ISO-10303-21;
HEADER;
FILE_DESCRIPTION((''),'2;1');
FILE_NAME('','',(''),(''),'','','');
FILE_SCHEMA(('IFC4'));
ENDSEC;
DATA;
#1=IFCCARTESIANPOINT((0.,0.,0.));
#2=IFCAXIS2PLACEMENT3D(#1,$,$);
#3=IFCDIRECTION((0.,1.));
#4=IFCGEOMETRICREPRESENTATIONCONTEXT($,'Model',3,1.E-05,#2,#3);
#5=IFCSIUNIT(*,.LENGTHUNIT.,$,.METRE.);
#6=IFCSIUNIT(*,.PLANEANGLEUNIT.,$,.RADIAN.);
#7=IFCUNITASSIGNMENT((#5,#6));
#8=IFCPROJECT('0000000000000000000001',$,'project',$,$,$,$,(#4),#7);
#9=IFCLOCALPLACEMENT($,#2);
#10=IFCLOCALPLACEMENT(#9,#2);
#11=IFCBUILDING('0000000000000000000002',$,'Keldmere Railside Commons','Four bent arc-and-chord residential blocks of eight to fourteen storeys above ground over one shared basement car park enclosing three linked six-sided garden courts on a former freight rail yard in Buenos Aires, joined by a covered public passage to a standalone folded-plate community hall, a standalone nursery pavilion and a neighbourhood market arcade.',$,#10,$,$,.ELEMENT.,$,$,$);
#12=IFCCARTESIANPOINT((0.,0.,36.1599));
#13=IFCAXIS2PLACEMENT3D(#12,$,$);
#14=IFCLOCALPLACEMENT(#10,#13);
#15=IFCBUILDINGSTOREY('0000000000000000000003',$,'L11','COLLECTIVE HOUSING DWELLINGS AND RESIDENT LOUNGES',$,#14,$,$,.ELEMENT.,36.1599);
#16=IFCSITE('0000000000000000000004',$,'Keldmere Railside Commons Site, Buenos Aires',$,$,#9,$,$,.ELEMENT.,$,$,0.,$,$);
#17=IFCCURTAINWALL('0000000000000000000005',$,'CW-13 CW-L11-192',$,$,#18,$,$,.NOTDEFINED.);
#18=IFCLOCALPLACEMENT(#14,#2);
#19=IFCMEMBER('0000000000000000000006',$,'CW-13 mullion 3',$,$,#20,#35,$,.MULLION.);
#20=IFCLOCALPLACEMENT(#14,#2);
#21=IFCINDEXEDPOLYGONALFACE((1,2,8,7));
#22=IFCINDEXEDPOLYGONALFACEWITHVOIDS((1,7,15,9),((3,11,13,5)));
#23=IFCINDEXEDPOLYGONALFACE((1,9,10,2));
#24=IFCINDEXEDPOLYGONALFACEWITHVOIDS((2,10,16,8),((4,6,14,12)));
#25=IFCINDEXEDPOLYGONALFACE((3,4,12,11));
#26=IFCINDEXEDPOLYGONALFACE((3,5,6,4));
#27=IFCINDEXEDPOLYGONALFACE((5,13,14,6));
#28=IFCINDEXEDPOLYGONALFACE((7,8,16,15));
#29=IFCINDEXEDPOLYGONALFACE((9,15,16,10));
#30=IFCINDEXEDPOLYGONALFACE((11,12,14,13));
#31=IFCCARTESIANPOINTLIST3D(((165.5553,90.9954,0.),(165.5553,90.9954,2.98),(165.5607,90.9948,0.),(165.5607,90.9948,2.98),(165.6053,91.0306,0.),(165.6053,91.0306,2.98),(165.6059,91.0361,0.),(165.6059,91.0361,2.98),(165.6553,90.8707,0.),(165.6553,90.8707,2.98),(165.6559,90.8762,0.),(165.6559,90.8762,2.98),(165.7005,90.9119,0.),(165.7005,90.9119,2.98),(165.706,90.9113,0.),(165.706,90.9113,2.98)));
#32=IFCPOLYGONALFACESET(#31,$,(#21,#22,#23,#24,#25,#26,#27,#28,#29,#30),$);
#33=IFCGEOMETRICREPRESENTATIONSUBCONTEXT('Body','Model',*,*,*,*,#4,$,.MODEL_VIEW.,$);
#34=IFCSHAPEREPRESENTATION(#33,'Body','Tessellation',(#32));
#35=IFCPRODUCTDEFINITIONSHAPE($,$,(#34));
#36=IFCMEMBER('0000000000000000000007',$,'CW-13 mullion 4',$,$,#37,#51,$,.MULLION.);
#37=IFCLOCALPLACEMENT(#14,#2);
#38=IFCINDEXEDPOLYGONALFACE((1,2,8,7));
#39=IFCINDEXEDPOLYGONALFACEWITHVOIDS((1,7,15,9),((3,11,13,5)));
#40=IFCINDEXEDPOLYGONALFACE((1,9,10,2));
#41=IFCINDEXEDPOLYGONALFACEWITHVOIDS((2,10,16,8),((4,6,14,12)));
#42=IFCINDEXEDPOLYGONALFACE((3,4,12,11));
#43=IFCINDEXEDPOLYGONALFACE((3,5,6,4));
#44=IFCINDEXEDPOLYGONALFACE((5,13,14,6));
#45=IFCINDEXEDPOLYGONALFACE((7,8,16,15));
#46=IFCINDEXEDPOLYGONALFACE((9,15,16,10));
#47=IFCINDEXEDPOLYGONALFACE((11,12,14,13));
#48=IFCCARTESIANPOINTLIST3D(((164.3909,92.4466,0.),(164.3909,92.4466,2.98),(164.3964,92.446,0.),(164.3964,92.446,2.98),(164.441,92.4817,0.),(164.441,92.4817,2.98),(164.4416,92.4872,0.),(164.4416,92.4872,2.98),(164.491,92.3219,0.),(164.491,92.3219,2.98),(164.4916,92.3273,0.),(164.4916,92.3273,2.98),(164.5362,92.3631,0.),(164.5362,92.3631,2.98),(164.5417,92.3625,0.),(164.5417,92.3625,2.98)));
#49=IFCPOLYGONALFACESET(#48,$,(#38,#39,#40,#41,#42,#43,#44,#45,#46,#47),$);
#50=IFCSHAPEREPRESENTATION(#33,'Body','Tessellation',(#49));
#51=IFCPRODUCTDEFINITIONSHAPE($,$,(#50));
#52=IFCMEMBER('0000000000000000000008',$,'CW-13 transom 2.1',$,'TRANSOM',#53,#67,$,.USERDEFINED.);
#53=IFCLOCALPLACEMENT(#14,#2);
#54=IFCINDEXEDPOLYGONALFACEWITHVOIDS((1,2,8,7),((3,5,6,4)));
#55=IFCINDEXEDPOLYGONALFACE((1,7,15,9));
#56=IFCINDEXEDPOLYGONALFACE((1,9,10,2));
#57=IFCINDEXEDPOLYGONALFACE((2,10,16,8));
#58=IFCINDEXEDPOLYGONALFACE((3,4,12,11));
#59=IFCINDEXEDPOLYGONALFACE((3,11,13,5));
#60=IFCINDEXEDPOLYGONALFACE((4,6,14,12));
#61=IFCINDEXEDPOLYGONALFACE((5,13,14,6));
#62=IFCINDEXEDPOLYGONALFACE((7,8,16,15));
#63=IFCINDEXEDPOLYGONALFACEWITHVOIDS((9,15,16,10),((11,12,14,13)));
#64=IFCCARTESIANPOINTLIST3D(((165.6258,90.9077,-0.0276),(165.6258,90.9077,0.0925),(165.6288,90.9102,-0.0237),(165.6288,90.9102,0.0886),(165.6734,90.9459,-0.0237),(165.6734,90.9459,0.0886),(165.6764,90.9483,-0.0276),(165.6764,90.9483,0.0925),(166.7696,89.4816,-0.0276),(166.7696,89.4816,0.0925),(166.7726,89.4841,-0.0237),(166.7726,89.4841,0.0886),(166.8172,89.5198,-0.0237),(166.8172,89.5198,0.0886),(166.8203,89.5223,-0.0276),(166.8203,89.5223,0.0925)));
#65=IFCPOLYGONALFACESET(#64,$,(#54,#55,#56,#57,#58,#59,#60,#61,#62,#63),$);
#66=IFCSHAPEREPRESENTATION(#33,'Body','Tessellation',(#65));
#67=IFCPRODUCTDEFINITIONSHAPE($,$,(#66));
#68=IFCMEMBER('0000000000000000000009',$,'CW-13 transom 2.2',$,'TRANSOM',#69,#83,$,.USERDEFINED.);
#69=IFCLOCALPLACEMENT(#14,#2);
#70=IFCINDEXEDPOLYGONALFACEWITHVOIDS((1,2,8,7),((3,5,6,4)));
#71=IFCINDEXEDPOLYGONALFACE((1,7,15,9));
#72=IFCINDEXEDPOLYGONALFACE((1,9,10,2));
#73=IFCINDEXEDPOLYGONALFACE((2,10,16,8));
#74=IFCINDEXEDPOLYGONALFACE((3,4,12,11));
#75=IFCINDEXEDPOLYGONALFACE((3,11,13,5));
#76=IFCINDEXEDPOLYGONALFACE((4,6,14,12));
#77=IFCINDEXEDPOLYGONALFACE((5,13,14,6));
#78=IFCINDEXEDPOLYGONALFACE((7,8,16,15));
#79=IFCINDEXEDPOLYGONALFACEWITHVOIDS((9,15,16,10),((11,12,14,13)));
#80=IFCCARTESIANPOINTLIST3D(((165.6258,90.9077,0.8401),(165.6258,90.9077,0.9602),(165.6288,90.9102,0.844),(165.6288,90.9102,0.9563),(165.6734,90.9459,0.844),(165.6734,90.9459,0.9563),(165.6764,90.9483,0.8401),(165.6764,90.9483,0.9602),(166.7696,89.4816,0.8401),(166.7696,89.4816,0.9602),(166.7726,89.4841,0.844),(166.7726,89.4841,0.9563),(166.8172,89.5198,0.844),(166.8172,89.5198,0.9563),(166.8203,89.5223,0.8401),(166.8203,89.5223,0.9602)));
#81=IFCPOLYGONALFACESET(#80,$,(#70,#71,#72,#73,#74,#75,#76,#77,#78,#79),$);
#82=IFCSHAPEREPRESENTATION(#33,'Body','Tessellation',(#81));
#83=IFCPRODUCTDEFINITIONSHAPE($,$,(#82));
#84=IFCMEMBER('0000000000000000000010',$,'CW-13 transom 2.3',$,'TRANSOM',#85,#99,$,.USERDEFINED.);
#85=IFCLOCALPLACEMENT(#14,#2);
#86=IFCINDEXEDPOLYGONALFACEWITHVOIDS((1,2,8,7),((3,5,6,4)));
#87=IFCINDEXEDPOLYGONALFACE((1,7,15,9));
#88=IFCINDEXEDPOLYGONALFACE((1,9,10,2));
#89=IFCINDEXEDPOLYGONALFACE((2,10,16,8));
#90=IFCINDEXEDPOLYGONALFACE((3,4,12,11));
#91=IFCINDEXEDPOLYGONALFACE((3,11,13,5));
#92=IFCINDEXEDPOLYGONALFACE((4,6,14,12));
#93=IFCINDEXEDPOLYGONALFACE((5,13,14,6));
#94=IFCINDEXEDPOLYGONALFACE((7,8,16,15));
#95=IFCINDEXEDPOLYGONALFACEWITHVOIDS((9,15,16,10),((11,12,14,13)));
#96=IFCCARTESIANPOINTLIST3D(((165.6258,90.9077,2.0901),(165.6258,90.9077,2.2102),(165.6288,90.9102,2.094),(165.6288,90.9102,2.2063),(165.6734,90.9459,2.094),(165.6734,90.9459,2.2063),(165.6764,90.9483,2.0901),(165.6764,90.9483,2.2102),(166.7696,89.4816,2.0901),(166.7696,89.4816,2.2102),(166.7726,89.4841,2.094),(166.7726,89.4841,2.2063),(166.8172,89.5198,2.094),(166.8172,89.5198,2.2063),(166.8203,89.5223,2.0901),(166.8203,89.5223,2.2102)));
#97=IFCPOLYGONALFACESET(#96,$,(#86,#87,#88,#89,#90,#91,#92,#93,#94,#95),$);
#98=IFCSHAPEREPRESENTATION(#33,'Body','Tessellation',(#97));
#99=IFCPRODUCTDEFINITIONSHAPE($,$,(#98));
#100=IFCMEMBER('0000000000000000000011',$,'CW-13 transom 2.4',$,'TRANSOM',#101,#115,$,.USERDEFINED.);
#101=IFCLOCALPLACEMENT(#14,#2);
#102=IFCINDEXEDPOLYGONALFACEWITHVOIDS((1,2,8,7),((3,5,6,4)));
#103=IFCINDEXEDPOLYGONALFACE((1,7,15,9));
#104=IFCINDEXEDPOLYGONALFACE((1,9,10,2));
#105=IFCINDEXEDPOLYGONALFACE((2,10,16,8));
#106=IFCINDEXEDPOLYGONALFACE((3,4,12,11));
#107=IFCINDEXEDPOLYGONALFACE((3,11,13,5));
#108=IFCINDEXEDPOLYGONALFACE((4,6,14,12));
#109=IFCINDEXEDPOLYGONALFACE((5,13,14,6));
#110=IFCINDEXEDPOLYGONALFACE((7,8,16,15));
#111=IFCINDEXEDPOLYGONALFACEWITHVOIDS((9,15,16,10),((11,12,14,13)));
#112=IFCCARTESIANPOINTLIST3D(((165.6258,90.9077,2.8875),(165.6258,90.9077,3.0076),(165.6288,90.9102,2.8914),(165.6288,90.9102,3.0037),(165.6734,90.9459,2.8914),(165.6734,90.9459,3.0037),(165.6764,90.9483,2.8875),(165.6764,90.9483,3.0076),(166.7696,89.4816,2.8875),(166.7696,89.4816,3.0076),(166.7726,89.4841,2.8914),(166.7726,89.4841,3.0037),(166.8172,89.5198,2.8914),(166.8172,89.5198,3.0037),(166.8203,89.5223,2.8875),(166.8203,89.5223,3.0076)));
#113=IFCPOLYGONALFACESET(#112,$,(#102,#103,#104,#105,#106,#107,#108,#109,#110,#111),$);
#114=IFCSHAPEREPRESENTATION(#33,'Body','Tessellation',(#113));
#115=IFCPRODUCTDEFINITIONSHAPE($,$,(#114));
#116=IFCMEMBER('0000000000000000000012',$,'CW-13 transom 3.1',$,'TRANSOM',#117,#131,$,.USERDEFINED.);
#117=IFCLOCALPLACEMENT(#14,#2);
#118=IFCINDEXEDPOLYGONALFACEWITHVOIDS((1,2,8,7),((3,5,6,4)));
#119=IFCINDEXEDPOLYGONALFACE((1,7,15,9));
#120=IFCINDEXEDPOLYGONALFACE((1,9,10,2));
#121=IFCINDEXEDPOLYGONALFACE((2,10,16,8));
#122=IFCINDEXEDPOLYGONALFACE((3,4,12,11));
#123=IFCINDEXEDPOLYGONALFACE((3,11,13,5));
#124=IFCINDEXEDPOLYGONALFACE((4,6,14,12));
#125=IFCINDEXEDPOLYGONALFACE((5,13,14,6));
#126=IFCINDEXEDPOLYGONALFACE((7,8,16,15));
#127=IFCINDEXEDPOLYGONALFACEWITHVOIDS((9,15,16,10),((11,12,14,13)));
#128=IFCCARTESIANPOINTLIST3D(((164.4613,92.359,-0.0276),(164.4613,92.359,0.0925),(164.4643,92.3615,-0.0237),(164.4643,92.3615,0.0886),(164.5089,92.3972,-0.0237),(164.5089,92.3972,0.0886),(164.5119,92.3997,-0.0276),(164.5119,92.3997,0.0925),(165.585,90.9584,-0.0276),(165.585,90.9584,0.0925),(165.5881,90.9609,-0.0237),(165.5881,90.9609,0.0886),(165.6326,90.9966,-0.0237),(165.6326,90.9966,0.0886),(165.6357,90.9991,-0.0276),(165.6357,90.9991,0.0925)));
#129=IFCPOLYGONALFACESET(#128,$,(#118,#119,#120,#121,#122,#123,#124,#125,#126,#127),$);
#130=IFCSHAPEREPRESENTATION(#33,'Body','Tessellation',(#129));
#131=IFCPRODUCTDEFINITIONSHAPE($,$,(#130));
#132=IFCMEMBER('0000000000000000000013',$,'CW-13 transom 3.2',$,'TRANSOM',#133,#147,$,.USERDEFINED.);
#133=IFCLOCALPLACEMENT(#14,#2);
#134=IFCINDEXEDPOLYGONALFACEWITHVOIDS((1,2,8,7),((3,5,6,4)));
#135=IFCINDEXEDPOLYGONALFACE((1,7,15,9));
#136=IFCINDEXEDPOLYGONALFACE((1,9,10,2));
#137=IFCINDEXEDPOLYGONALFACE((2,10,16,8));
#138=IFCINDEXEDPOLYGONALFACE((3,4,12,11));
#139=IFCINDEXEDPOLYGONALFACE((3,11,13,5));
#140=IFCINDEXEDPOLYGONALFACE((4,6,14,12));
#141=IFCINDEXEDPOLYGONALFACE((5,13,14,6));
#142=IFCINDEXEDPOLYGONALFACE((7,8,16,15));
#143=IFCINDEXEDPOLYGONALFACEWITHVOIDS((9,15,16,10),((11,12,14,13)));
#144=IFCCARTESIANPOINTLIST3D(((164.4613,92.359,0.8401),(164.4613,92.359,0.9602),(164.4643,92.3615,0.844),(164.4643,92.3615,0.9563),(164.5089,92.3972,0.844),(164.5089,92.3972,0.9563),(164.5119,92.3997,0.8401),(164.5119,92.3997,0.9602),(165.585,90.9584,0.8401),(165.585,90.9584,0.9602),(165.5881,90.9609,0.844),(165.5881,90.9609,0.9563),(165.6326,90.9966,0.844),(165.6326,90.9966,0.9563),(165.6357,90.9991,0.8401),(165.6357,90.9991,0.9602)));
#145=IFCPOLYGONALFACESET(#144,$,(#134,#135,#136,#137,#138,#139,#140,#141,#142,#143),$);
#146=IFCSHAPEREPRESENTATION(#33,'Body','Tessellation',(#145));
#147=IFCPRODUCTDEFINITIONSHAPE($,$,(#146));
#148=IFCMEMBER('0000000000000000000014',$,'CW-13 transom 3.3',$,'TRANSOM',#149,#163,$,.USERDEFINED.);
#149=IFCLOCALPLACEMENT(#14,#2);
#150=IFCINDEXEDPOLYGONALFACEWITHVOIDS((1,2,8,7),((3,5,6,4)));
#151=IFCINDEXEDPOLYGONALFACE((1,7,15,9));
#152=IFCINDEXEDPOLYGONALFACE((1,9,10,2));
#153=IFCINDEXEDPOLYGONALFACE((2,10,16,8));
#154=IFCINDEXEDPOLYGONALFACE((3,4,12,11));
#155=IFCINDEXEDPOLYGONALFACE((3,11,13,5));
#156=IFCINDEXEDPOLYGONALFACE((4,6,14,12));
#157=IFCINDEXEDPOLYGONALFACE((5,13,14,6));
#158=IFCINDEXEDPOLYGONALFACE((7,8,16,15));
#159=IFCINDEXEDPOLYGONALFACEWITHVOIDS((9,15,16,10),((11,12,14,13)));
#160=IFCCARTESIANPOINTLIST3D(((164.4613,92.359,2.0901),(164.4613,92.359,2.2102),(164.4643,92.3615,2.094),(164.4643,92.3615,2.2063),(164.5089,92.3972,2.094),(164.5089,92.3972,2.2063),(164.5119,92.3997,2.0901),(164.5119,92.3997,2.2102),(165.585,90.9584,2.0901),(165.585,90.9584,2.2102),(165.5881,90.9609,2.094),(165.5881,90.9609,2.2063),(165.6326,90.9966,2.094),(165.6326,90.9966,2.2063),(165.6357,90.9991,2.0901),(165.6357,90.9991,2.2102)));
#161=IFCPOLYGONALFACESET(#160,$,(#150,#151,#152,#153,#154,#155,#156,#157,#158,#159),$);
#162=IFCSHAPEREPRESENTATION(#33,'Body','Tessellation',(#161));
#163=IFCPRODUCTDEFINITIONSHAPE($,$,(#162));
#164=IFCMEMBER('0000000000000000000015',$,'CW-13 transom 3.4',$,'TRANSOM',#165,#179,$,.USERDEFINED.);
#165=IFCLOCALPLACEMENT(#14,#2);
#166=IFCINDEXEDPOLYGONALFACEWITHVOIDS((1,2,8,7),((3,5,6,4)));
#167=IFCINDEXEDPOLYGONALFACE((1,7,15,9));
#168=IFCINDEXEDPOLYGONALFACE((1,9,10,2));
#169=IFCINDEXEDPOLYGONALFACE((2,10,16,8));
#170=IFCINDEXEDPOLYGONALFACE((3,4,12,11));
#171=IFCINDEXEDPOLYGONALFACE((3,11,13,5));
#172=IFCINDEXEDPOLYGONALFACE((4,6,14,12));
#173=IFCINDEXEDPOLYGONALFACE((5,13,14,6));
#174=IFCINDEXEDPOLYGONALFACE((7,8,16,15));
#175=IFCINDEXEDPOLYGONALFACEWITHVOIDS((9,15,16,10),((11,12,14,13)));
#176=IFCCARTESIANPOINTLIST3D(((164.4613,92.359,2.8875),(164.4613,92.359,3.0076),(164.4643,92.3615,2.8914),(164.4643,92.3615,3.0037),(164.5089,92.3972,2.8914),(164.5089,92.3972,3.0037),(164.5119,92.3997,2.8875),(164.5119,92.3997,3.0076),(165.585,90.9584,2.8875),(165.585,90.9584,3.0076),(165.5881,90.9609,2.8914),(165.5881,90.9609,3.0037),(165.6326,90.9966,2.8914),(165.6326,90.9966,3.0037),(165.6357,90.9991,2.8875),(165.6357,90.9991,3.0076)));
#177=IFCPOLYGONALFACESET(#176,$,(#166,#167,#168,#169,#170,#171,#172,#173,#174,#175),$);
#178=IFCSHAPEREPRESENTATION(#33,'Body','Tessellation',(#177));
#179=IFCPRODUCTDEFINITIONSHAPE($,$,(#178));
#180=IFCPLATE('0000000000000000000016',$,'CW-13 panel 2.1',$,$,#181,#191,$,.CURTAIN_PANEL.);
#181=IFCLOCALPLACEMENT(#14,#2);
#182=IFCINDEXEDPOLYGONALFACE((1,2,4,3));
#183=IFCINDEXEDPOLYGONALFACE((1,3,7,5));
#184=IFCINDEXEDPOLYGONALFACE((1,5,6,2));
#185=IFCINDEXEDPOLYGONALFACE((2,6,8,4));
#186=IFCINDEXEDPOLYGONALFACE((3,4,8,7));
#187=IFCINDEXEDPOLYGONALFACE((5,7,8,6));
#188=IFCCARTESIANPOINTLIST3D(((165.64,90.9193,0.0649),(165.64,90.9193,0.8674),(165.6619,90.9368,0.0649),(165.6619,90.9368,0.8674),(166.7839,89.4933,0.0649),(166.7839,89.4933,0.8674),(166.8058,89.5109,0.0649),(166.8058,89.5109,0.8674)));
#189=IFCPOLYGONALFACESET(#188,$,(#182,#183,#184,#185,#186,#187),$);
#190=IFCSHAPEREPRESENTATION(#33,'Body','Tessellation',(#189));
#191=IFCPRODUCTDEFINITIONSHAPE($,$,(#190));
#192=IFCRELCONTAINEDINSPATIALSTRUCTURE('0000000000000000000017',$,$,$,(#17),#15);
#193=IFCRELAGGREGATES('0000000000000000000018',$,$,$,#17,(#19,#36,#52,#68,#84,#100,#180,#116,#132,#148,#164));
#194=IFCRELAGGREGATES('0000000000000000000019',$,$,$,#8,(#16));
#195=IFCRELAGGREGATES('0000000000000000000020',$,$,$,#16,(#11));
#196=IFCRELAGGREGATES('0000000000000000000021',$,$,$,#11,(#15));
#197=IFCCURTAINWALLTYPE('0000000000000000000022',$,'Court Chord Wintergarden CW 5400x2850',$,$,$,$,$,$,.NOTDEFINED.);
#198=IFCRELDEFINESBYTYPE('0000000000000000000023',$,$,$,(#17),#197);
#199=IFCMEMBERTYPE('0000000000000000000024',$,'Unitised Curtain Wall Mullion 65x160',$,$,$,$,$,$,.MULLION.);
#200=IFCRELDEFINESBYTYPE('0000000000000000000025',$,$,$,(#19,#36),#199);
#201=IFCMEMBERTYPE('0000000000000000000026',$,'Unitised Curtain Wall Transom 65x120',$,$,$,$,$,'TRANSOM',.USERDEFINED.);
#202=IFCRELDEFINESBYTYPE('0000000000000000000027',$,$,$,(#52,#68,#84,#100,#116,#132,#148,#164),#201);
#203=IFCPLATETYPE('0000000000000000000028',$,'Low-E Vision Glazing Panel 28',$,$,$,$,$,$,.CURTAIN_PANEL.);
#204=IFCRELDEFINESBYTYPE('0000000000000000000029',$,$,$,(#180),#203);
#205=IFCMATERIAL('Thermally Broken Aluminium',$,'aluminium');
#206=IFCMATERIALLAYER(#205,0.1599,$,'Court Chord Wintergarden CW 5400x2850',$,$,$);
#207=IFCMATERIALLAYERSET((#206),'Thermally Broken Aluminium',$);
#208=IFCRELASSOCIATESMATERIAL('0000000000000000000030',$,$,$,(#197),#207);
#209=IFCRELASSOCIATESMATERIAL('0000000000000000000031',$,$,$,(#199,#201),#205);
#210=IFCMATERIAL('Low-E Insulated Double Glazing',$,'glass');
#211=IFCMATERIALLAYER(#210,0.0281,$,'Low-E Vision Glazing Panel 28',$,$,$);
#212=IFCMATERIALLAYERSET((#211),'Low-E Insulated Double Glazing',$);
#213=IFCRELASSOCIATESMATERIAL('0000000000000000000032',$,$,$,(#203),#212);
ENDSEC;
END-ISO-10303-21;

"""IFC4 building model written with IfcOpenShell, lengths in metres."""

from ifc_helpers import new_model, si_unit, direction, frame, origin, origin_2d, place, context, subcontext, project, spatial, rectangle, hollow_rectangle, extrude, material, layer, layer_set, material_profile, profile_set, type_object, element, aggregate, save


model = new_model("IFC4")

# Units and contexts
model_context = context("Model", 3, precision=1e-05, world=origin(), true_north=direction((0.0, 1.0)))
body_context = subcontext(model_context, "Body", "Model", "MODEL_VIEW")
ifc_project = project(units=[si_unit("LENGTHUNIT", "METRE"), si_unit("PLANEANGLEUNIT", "RADIAN")], contexts=[model_context])

# Site, building, storey
site_placement = place(None, origin())
site = spatial("IfcSite", under=ifc_project, at=site_placement, Name="Keldmere Railside Commons Site, Buenos Aires", CompositionType="ELEMENT", RefElevation=0.0)
building_placement = place(site_placement, origin())
building = spatial("IfcBuilding", under=site, at=building_placement, Name="Keldmere Railside Commons", Description="Four bent arc-and-chord residential blocks of eight to fourteen storeys above ground over one shared basement car park enclosing three linked six-sided garden courts on a former freight rail yard in Buenos Aires, joined by a covered public passage to a standalone folded-plate community hall, a standalone nursery pavilion and a neighbourhood market arcade.", CompositionType="ELEMENT")
storey_placement = place(building_placement, frame((0.0, 0.0, 36.1599)))
storey = spatial("IfcBuildingStorey", under=building, at=storey_placement, Name="L11", Description="COLLECTIVE HOUSING DWELLINGS AND RESIDENT LOUNGES", CompositionType="ELEMENT", Elevation=36.1599)

# Curtain wall, members, plate
ifc_material_1 = material(Name="Thermally Broken Aluminium", Category="aluminium")
ifc_layer_1 = layer(ifc_material_1, 0.1599, Name="Court Chord Wintergarden CW 5400x2850")
ifc_layer_set_1 = layer_set([ifc_layer_1], Name="Thermally Broken Aluminium")
curtain_wall_type = type_object("IfcCurtainWallType", Name="Court Chord Wintergarden CW 5400x2850", PredefinedType="NOTDEFINED", material=ifc_layer_set_1)
curtain_wall_placement = place(storey_placement, origin())
curtain_wall = element("IfcCurtainWall", 1, at=curtain_wall_placement, inside=storey, type_object=curtain_wall_type, Name="CW-13 CW-L11-192", PredefinedType="NOTDEFINED")
ifc_material_profile_1 = material_profile(ifc_material_1, hollow_rectangle(XDim=0.0649, YDim=0.1599, WallThickness=0.0039, at=origin_2d()), Name="ALU-MULL-65x160")
ifc_profile_set_1 = profile_set([ifc_material_profile_1], Name="Thermally Broken Aluminium")
member_type_1 = type_object("IfcMemberType", Name="Unitised Curtain Wall Mullion 65x160", PredefinedType="MULLION", material=ifc_profile_set_1)
member_1_placement = place(storey_placement, frame((165.6306, 90.9534, 0.0), z_axis=(0.0, 0.0, 1.0), x_axis=(-0.780009, -0.625768, 0.0)))
member_1 = element("IfcMember", 2, at=member_1_placement, type_object=member_type_1, Name="CW-13 mullion 3", PredefinedType="MULLION", context=body_context, shape_type="SweptSolid", body=[
    extrude(hollow_rectangle(XDim=0.0649, YDim=0.1599, WallThickness=0.0039, at=origin_2d()), origin(), (0.0, 0.0, 1.0), 2.98),
])
member_2_placement = place(storey_placement, frame((164.4663, 92.4045, 0.0), z_axis=(0.0, 0.0, 1.0), x_axis=(-0.780009, -0.625768, 0.0)))
member_2 = element("IfcMember", 3, at=member_2_placement, type_object=member_type_1, Name="CW-13 mullion 4", PredefinedType="MULLION", context=body_context, shape_type="SweptSolid", body=[
    extrude(hollow_rectangle(XDim=0.0649, YDim=0.1599, WallThickness=0.0039, at=origin_2d()), origin(), (0.0, 0.0, 1.0), 2.98),
])
ifc_material_profile_2 = material_profile(ifc_material_1, hollow_rectangle(XDim=0.0649, YDim=0.1201, WallThickness=0.0039, at=origin_2d()), Name="ALU-TRAN-65x120")
ifc_profile_set_2 = profile_set([ifc_material_profile_2], Name="Thermally Broken Aluminium")
member_type_2 = type_object("IfcMemberType", Name="Unitised Curtain Wall Transom 65x120", ElementType="TRANSOM", PredefinedType="USERDEFINED", material=ifc_profile_set_2)
member_3_placement = place(storey_placement, frame((166.7949, 89.502, 0.0325), z_axis=(-0.625688, 0.780073, 0.0), x_axis=(-0.780073, -0.625688, 0.0)))
member_3 = element("IfcMember", 4, at=member_3_placement, type_object=member_type_2, Name="CW-13 transom 2.1", ObjectType="TRANSOM", PredefinedType="USERDEFINED", context=body_context, shape_type="SweptSolid", body=[
    extrude(hollow_rectangle(XDim=0.0649, YDim=0.1201, WallThickness=0.0039, at=origin_2d()), origin(), (0.0, 0.0, 1.0), 1.8281),
])
member_4_placement = place(storey_placement, frame((166.7949, 89.502, 0.9001), z_axis=(-0.625688, 0.780073, 0.0), x_axis=(-0.780073, -0.625688, 0.0)))
member_4 = element("IfcMember", 5, at=member_4_placement, type_object=member_type_2, Name="CW-13 transom 2.2", ObjectType="TRANSOM", PredefinedType="USERDEFINED", context=body_context, shape_type="SweptSolid", body=[
    extrude(hollow_rectangle(XDim=0.0649, YDim=0.1201, WallThickness=0.0039, at=origin_2d()), origin(), (0.0, 0.0, 1.0), 1.8281),
])
member_5_placement = place(storey_placement, frame((166.7949, 89.502, 2.1501), z_axis=(-0.625688, 0.780073, 0.0), x_axis=(-0.780073, -0.625688, 0.0)))
member_5 = element("IfcMember", 6, at=member_5_placement, type_object=member_type_2, Name="CW-13 transom 2.3", ObjectType="TRANSOM", PredefinedType="USERDEFINED", context=body_context, shape_type="SweptSolid", body=[
    extrude(hollow_rectangle(XDim=0.0649, YDim=0.1201, WallThickness=0.0039, at=origin_2d()), origin(), (0.0, 0.0, 1.0), 1.8281),
])
member_6_placement = place(storey_placement, frame((166.7949, 89.502, 2.9475), z_axis=(-0.625688, 0.780073, 0.0), x_axis=(-0.780073, -0.625688, 0.0)))
member_6 = element("IfcMember", 7, at=member_6_placement, type_object=member_type_2, Name="CW-13 transom 2.4", ObjectType="TRANSOM", PredefinedType="USERDEFINED", context=body_context, shape_type="SweptSolid", body=[
    extrude(hollow_rectangle(XDim=0.0649, YDim=0.1201, WallThickness=0.0039, at=origin_2d()), origin(), (0.0, 0.0, 1.0), 1.8281),
])
member_7_placement = place(storey_placement, frame((165.6104, 90.9788, 0.0325), z_axis=(-0.625805, 0.779979, 0.0), x_axis=(-0.779979, -0.625805, 0.0)))
member_7 = element("IfcMember", 8, at=member_7_placement, type_object=member_type_2, Name="CW-13 transom 3.1", ObjectType="TRANSOM", PredefinedType="USERDEFINED", context=body_context, shape_type="SweptSolid", body=[
    extrude(hollow_rectangle(XDim=0.0649, YDim=0.1201, WallThickness=0.0039, at=origin_2d()), origin(), (0.0, 0.0, 1.0), 1.7957),
])
member_8_placement = place(storey_placement, frame((165.6104, 90.9788, 0.9001), z_axis=(-0.625805, 0.779979, 0.0), x_axis=(-0.779979, -0.625805, 0.0)))
member_8 = element("IfcMember", 9, at=member_8_placement, type_object=member_type_2, Name="CW-13 transom 3.2", ObjectType="TRANSOM", PredefinedType="USERDEFINED", context=body_context, shape_type="SweptSolid", body=[
    extrude(hollow_rectangle(XDim=0.0649, YDim=0.1201, WallThickness=0.0039, at=origin_2d()), origin(), (0.0, 0.0, 1.0), 1.7957),
])
member_9_placement = place(storey_placement, frame((165.6104, 90.9788, 2.1501), z_axis=(-0.625805, 0.779979, 0.0), x_axis=(-0.779979, -0.625805, 0.0)))
member_9 = element("IfcMember", 10, at=member_9_placement, type_object=member_type_2, Name="CW-13 transom 3.3", ObjectType="TRANSOM", PredefinedType="USERDEFINED", context=body_context, shape_type="SweptSolid", body=[
    extrude(hollow_rectangle(XDim=0.0649, YDim=0.1201, WallThickness=0.0039, at=origin_2d()), origin(), (0.0, 0.0, 1.0), 1.7957),
])
member_10_placement = place(storey_placement, frame((165.6104, 90.9788, 2.9475), z_axis=(-0.625805, 0.779979, 0.0), x_axis=(-0.779979, -0.625805, 0.0)))
member_10 = element("IfcMember", 11, at=member_10_placement, type_object=member_type_2, Name="CW-13 transom 3.4", ObjectType="TRANSOM", PredefinedType="USERDEFINED", context=body_context, shape_type="SweptSolid", body=[
    extrude(hollow_rectangle(XDim=0.0649, YDim=0.1201, WallThickness=0.0039, at=origin_2d()), origin(), (0.0, 0.0, 1.0), 1.7957),
])
ifc_material_2 = material(Name="Low-E Insulated Double Glazing", Category="glass")
ifc_layer_2 = layer(ifc_material_2, 0.0281, Name="Low-E Vision Glazing Panel 28")
ifc_layer_set_2 = layer_set([ifc_layer_2], Name="Low-E Insulated Double Glazing")
plate_type = type_object("IfcPlateType", Name="Low-E Vision Glazing Panel 28", PredefinedType="CURTAIN_PANEL", material=ifc_layer_set_2)
plate_1_placement = place(storey_placement, frame((166.2229, 90.2151, 0.0649), z_axis=(0.0, 0.0, 1.0), x_axis=(-0.625768, 0.780009, 0.0)))
plate_1 = element("IfcPlate", 12, at=plate_1_placement, type_object=plate_type, Name="CW-13 panel 2.1", PredefinedType="CURTAIN_PANEL", context=body_context, shape_type="SweptSolid", body=[
    extrude(rectangle(XDim=1.8281, YDim=0.0281, at=origin_2d()), origin(), (0.0, 0.0, 1.0), 0.8025),
])
aggregate(curtain_wall, [member_1, member_2, member_3, member_4, member_5, member_6, plate_1, member_7, member_8, member_9, member_10])

save(model, "model.ifc")
